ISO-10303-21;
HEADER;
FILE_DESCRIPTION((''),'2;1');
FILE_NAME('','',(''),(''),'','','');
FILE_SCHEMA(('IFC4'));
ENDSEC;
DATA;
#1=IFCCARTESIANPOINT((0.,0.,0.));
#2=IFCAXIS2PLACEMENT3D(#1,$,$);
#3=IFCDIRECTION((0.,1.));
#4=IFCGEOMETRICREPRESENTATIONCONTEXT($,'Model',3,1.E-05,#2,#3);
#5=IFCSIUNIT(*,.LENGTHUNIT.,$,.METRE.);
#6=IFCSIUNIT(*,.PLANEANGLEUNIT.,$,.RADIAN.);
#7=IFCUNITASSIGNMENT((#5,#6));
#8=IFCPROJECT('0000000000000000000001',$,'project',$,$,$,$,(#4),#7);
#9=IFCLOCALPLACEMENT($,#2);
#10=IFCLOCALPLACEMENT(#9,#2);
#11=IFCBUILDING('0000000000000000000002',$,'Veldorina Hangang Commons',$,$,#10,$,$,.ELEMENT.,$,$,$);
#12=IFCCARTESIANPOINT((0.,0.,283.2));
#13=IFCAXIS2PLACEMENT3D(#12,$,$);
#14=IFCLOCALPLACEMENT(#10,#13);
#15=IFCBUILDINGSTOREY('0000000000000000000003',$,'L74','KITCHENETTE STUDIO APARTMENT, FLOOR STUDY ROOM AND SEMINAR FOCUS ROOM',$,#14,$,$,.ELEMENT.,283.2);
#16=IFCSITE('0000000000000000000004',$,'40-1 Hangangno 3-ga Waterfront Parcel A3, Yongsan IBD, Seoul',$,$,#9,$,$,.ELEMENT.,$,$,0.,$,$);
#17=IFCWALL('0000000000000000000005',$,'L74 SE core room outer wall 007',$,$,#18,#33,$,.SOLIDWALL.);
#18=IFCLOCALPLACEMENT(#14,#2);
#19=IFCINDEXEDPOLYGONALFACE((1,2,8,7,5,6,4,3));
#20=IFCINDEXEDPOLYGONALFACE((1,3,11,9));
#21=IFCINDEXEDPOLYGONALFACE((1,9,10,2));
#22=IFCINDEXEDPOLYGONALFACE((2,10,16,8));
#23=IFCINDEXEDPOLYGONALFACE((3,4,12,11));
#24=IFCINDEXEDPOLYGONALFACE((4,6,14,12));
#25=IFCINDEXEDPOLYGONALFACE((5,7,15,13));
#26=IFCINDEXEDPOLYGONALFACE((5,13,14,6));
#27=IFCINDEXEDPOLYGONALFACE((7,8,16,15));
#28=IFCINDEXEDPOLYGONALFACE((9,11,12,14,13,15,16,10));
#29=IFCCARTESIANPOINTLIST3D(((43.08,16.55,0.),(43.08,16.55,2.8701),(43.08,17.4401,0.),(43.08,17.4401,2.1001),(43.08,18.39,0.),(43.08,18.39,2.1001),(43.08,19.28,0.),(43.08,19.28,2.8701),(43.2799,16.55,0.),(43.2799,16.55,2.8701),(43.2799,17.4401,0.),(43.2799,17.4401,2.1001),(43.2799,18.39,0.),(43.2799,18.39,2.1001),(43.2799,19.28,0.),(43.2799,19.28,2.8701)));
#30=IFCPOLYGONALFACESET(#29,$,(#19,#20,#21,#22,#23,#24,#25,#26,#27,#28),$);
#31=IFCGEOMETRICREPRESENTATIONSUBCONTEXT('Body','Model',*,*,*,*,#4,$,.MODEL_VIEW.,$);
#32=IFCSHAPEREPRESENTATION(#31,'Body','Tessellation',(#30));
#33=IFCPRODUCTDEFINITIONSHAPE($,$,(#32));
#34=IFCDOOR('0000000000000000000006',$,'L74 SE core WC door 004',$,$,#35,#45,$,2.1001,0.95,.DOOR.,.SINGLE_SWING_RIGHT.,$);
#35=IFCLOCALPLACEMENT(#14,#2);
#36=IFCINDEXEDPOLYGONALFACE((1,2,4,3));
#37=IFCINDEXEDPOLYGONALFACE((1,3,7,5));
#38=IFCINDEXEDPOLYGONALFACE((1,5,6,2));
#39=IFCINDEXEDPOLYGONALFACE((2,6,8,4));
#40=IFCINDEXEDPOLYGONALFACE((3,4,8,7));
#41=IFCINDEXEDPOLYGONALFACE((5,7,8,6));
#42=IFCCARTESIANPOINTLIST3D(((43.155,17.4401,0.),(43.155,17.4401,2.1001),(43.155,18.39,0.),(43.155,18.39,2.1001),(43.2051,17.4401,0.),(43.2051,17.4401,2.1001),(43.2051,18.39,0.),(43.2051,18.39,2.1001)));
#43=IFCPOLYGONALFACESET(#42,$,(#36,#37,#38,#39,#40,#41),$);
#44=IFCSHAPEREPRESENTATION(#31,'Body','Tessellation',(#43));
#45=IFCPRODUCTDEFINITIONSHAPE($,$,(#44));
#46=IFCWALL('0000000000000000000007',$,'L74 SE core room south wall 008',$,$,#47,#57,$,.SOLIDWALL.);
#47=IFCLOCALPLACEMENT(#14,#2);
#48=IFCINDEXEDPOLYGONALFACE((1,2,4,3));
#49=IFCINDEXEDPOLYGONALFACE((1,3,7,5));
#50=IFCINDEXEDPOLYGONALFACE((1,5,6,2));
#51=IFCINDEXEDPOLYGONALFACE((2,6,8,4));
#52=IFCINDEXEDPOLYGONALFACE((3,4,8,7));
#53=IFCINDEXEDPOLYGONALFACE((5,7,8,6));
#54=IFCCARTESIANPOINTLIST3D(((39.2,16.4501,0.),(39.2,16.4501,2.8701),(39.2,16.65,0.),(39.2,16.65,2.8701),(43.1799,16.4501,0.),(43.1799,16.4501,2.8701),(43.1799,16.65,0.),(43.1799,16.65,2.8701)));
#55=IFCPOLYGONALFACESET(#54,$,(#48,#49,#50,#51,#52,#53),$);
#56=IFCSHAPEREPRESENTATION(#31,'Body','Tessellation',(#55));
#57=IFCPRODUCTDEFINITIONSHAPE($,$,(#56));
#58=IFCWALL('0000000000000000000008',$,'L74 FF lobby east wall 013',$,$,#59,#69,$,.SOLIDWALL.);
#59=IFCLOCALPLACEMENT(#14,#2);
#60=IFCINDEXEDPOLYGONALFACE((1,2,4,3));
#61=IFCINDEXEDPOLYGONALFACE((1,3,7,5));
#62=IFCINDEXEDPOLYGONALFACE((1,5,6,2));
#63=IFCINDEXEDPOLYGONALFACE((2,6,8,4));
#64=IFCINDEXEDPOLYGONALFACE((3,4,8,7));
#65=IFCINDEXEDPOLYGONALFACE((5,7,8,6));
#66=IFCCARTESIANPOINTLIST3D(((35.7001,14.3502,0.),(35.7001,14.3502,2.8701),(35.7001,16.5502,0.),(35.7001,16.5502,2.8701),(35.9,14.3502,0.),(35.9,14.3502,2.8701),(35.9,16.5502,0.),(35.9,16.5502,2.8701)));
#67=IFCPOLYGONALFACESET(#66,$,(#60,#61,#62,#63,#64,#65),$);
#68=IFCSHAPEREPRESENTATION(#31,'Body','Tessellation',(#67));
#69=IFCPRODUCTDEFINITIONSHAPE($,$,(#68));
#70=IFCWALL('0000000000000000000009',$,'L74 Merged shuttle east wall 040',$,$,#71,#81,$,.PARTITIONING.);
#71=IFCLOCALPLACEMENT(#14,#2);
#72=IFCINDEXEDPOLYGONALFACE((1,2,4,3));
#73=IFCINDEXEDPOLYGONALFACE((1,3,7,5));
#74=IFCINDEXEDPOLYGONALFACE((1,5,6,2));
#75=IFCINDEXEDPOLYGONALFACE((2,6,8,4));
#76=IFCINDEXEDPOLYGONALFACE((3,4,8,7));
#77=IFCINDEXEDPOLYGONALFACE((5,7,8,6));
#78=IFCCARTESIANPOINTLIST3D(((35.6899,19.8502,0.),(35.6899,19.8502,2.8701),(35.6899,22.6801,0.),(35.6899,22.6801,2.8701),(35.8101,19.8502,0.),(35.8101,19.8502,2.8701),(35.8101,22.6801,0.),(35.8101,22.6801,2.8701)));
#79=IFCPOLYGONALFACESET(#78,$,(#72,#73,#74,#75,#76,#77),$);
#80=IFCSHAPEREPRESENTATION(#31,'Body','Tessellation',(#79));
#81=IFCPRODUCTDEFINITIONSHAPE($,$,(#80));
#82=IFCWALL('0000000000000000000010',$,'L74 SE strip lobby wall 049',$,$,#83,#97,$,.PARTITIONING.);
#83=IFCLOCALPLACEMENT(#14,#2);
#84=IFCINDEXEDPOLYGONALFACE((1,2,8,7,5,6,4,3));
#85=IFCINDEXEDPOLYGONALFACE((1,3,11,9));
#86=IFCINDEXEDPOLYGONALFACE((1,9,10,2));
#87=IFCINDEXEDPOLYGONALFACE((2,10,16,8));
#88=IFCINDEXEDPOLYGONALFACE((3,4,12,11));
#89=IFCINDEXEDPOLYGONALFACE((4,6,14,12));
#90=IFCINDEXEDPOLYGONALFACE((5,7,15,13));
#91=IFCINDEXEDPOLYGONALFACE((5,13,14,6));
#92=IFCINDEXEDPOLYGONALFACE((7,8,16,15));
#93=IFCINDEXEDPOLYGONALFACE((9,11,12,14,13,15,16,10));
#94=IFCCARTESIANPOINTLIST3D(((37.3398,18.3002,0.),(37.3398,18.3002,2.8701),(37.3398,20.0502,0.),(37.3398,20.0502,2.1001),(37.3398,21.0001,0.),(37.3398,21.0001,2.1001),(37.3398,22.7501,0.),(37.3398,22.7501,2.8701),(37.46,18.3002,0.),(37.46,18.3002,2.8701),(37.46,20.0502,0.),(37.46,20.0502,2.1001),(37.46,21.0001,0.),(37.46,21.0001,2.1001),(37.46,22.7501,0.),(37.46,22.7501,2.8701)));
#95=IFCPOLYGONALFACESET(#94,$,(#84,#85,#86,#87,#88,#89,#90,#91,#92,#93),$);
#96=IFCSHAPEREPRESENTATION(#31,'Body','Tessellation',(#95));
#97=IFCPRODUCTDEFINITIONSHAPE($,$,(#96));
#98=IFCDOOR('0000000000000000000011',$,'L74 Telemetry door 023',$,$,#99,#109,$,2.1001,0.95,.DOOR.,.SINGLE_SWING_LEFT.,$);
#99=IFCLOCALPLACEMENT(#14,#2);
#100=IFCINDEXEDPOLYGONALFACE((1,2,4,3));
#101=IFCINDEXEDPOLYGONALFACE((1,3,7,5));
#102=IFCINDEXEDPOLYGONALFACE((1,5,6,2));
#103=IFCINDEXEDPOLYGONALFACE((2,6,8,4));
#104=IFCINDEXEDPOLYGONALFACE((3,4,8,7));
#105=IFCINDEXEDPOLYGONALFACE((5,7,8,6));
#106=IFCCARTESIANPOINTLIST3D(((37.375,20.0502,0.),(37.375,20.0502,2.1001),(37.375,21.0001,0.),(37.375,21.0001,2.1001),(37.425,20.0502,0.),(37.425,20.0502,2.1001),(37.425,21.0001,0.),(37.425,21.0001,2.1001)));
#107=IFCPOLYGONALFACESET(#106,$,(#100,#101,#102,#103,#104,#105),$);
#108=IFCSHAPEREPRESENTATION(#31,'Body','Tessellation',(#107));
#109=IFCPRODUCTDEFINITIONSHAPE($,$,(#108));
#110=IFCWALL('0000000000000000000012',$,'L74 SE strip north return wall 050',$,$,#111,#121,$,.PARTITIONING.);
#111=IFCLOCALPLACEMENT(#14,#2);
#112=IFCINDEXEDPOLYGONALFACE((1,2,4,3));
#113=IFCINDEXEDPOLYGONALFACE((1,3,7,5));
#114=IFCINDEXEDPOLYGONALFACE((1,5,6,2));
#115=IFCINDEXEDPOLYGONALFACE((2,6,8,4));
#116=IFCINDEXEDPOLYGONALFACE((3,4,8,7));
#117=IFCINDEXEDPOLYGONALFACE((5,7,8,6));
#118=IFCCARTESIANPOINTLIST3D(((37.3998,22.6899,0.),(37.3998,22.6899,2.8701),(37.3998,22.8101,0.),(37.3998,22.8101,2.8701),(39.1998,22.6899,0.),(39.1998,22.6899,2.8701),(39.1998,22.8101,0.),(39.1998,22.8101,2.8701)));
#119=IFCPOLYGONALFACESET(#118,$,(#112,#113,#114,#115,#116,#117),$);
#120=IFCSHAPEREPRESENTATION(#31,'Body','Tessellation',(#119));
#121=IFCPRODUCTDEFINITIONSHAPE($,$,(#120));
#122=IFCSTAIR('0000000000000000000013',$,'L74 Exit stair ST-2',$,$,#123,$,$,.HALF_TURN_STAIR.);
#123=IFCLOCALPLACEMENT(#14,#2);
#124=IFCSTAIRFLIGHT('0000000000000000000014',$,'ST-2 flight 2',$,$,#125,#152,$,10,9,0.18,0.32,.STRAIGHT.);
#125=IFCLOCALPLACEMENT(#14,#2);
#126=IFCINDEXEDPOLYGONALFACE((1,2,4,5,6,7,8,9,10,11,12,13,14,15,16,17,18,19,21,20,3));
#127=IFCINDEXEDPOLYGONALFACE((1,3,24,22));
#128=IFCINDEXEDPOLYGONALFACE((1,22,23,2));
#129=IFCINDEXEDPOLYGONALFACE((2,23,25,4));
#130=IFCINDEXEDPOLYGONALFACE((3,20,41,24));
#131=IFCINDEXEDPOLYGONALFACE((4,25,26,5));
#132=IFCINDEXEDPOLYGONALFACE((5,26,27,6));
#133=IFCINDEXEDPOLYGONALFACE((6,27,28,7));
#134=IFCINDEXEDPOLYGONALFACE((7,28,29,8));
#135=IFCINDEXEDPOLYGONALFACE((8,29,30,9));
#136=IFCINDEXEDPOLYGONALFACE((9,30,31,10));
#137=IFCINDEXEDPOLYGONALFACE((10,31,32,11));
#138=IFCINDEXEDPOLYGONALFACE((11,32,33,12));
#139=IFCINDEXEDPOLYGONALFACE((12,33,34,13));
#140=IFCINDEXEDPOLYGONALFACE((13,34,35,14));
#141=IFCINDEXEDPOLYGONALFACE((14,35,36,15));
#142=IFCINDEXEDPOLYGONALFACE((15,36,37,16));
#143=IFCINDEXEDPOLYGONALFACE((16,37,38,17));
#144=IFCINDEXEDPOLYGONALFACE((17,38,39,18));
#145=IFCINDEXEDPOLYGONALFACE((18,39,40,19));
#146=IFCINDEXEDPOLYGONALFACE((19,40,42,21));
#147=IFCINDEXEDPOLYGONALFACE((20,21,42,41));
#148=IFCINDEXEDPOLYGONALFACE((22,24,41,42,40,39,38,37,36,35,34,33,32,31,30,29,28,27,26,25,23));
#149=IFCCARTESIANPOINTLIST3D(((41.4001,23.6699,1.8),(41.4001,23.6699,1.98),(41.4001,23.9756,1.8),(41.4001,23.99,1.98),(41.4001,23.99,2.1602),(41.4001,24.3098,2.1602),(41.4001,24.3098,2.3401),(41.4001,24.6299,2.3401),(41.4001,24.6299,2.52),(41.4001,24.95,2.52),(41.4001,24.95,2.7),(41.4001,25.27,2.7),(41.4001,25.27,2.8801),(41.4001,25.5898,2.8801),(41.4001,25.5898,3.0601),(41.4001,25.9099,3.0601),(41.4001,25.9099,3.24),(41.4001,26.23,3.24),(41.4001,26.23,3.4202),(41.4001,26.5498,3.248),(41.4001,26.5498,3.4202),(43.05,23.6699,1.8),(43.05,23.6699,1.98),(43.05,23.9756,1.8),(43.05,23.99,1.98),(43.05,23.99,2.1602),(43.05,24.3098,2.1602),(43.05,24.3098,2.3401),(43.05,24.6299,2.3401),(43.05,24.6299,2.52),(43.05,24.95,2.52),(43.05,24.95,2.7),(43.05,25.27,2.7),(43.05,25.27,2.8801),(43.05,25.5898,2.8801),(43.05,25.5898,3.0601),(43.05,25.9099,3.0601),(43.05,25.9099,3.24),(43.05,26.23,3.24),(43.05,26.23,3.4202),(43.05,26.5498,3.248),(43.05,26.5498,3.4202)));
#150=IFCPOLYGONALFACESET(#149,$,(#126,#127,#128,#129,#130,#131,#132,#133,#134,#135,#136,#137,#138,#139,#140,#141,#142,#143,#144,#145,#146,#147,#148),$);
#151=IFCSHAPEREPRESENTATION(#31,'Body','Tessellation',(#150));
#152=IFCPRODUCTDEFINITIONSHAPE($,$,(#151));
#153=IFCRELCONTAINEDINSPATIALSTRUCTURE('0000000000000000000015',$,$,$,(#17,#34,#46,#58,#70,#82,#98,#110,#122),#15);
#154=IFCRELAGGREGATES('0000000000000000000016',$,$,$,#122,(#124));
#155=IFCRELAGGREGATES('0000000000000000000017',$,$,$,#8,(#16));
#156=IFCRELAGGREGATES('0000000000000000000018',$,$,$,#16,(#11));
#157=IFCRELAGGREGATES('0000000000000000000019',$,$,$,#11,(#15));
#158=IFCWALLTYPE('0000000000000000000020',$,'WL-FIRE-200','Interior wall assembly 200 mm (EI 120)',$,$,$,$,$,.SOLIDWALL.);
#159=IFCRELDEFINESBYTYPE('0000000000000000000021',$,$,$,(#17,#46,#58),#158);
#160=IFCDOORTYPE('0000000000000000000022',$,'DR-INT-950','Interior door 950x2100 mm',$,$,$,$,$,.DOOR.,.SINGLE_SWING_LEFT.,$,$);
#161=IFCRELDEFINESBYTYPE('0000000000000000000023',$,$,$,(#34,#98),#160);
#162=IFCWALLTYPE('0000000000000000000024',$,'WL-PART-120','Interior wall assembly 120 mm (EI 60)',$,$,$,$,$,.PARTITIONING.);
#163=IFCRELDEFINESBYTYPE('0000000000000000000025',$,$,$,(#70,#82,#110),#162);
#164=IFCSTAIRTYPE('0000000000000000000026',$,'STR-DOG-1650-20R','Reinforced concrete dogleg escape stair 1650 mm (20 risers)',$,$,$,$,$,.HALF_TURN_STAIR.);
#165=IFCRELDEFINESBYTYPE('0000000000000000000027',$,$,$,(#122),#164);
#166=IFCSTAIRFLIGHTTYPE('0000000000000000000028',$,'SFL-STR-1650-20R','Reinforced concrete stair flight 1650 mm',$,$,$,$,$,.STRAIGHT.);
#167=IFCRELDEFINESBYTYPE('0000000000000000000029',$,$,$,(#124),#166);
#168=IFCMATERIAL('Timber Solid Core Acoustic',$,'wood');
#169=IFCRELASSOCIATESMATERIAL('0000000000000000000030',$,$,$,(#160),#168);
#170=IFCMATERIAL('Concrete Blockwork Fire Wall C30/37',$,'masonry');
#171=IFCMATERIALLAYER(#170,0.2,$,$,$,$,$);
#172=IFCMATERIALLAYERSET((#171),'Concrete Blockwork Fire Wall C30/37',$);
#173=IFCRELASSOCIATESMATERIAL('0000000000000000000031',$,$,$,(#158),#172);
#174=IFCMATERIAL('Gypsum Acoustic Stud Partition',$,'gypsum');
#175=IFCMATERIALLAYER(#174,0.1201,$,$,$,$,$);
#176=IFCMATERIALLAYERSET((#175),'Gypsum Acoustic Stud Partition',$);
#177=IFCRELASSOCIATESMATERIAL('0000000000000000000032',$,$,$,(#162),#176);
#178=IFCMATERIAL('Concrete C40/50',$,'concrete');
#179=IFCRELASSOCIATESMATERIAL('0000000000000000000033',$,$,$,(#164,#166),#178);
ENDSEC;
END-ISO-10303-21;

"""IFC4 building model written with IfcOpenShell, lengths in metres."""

from ifc_helpers import new_model, si_unit, direction, frame, frame_2d, origin, place, context, subcontext, project, spatial, polyline, rectangle, outline, extrude, material, layer, layer_set, type_object, element, fill, aggregate, save


model = new_model("IFC4")

# Units and contexts
model_context = context("Model", 3, precision=1e-05, world=origin(), true_north=direction((0.0, 1.0)))
body_context = subcontext(model_context, "Body", "Model", "MODEL_VIEW")
ifc_project = project(units=[si_unit("LENGTHUNIT", "METRE"), si_unit("PLANEANGLEUNIT", "RADIAN")], contexts=[model_context])

# Site, building, storey
site_placement = place(None, origin())
site = spatial("IfcSite", under=ifc_project, at=site_placement, Name="40-1 Hangangno 3-ga Waterfront Parcel A3, Yongsan IBD, Seoul", CompositionType="ELEMENT", RefElevation=0.0)
building_placement = place(site_placement, origin())
building = spatial("IfcBuilding", under=site, at=building_placement, Name="Veldorina Hangang Commons", CompositionType="ELEMENT")
storey_placement = place(building_placement, frame((0.0, 0.0, 283.2)))
storey = spatial("IfcBuildingStorey", under=building, at=storey_placement, Name="L74", Description="KITCHENETTE STUDIO APARTMENT, FLOOR STUDY ROOM AND SEMINAR FOCUS ROOM", CompositionType="ELEMENT", Elevation=283.2)

# Wall, opening, door
ifc_material_1 = material(Name="Timber Solid Core Acoustic", Category="wood")
door_type_1 = type_object("IfcDoorType", Name="DR-INT-950", Description="Interior door 950x2100 mm", OperationType="SINGLE_SWING_LEFT", PredefinedType="DOOR", material=ifc_material_1)
ifc_material_2 = material(Name="Concrete Blockwork Fire Wall C30/37", Category="masonry")
ifc_layer_1 = layer(ifc_material_2, 0.2)
ifc_layer_set_1 = layer_set([ifc_layer_1], Name="Concrete Blockwork Fire Wall C30/37")
wall_type_1 = type_object("IfcWallType", Name="WL-FIRE-200", Description="Interior wall assembly 200 mm (EI 120)", PredefinedType="SOLIDWALL", material=ifc_layer_set_1)
wall_1_placement = place(storey_placement, frame((43.1799, 16.55, 0.0), z_axis=(0.0, 0.0, 1.0), x_axis=(0.0, 1.0, 0.0)))
wall_1 = element("IfcWall", 1, at=wall_1_placement, inside=storey, type_object=wall_type_1, Name="L74 SE core room outer wall 007", PredefinedType="SOLIDWALL", context=body_context, shape_type="SweptSolid", body=[
    extrude(rectangle(XDim=2.73, YDim=0.2, at=frame_2d((1.365, 0.0))), origin(), (0.0, 0.0, 1.0), 2.8701),
])
opening_1_placement = place(wall_1_placement, frame((0.8899, 0.0, 0.0)))
opening_1 = element("IfcOpeningElement", 2, at=opening_1_placement, cuts=wall_1, PredefinedType="OPENING", context=body_context, shape_type="SweptSolid", body=[
    extrude(rectangle(XDim=0.95, YDim=2.1001, at=frame_2d((0.4751, 1.05))), frame((0.0, 0.1099, 0.0), z_axis=(0.0, -1.0, 0.0), x_axis=(1.0, 0.0, 0.0)), (0.0, 0.0, 1.0), 0.22),
])
door_1_placement = place(opening_1_placement, origin())
door_1 = element("IfcDoor", 3, at=door_1_placement, inside=storey, type_object=door_type_1, Name="L74 SE core WC door 004", OperationType="SINGLE_SWING_RIGHT", OverallHeight=2.1001, OverallWidth=0.95, PredefinedType="DOOR", context=body_context, shape_type="SweptSolid", body=[
    extrude(rectangle(XDim=0.95, YDim=2.1001, at=frame_2d((0.4751, 1.05))), frame((0.0, 0.0249, 0.0), z_axis=(0.0, -1.0, 0.0), x_axis=(1.0, 0.0, 0.0)), (0.0, 0.0, 1.0), 0.05),
])
fill(opening_1, door_1)

# Walls
wall_2_placement = place(storey_placement, frame((39.2, 16.55, 0.0), z_axis=(0.0, 0.0, 1.0), x_axis=(1.0, 0.0, 0.0)))
element("IfcWall", 4, at=wall_2_placement, inside=storey, type_object=wall_type_1, Name="L74 SE core room south wall 008", PredefinedType="SOLIDWALL", context=body_context, shape_type="SweptSolid", body=[
    extrude(rectangle(XDim=3.98, YDim=0.2, at=frame_2d((1.99, 0.0))), origin(), (0.0, 0.0, 1.0), 2.8701),
])
wall_3_placement = place(storey_placement, frame((35.8, 14.3501, 0.0), z_axis=(0.0, 0.0, 1.0), x_axis=(0.0, 1.0, 0.0)))
element("IfcWall", 5, at=wall_3_placement, inside=storey, type_object=wall_type_1, Name="L74 FF lobby east wall 013", PredefinedType="SOLIDWALL", context=body_context, shape_type="SweptSolid", body=[
    extrude(rectangle(XDim=2.2, YDim=0.2, at=frame_2d((1.1001, 0.0))), origin(), (0.0, 0.0, 1.0), 2.8701),
])
ifc_material_3 = material(Name="Gypsum Acoustic Stud Partition", Category="gypsum")
ifc_layer_2 = layer(ifc_material_3, 0.1201)
ifc_layer_set_2 = layer_set([ifc_layer_2], Name="Gypsum Acoustic Stud Partition")
wall_type_2 = type_object("IfcWallType", Name="WL-PART-120", Description="Interior wall assembly 120 mm (EI 60)", PredefinedType="PARTITIONING", material=ifc_layer_set_2)
wall_4_placement = place(storey_placement, frame((35.75, 19.8501, 0.0), z_axis=(0.0, 0.0, 1.0), x_axis=(0.0, 1.0, 0.0)))
element("IfcWall", 6, at=wall_4_placement, inside=storey, type_object=wall_type_2, Name="L74 Merged shuttle east wall 040", PredefinedType="PARTITIONING", context=body_context, shape_type="SweptSolid", body=[
    extrude(rectangle(XDim=2.8298, YDim=0.1201, at=frame_2d((1.415, 0.0))), origin(), (0.0, 0.0, 1.0), 2.8701),
])

# Wall, opening, door
wall_5_placement = place(storey_placement, frame((37.3999, 18.3, 0.0), z_axis=(0.0, 0.0, 1.0), x_axis=(0.0, 1.0, 0.0)))
wall_5 = element("IfcWall", 7, at=wall_5_placement, inside=storey, type_object=wall_type_2, Name="L74 SE strip lobby wall 049", PredefinedType="PARTITIONING", context=body_context, shape_type="SweptSolid", body=[
    extrude(rectangle(XDim=4.45, YDim=0.1201, at=frame_2d((2.2251, 0.0))), origin(), (0.0, 0.0, 1.0), 2.8701),
])
opening_2_placement = place(wall_5_placement, frame((1.75, 0.0, 0.0)))
opening_2 = element("IfcOpeningElement", 8, at=opening_2_placement, cuts=wall_5, PredefinedType="OPENING", context=body_context, shape_type="SweptSolid", body=[
    extrude(rectangle(XDim=0.95, YDim=2.1001, at=frame_2d((0.4751, 1.05))), frame((0.0, 0.0701, 0.0), z_axis=(0.0, -1.0, 0.0), x_axis=(1.0, 0.0, 0.0)), (0.0, 0.0, 1.0), 0.1401),
])
door_2_placement = place(opening_2_placement, origin())
door_2 = element("IfcDoor", 9, at=door_2_placement, inside=storey, type_object=door_type_1, Name="L74 Telemetry door 023", OperationType="SINGLE_SWING_LEFT", OverallHeight=2.1001, OverallWidth=0.95, PredefinedType="DOOR", context=body_context, shape_type="SweptSolid", body=[
    extrude(rectangle(XDim=0.95, YDim=2.1001, at=frame_2d((0.4751, 1.05))), frame((0.0, 0.0249, 0.0), z_axis=(0.0, -1.0, 0.0), x_axis=(1.0, 0.0, 0.0)), (0.0, 0.0, 1.0), 0.05),
])
fill(opening_2, door_2)

# Wall
wall_6_placement = place(storey_placement, frame((37.3999, 22.75, 0.0), z_axis=(0.0, 0.0, 1.0), x_axis=(1.0, 0.0, 0.0)))
element("IfcWall", 10, at=wall_6_placement, inside=storey, type_object=wall_type_2, Name="L74 SE strip north return wall 050", PredefinedType="PARTITIONING", context=body_context, shape_type="SweptSolid", body=[
    extrude(rectangle(XDim=1.8, YDim=0.1201, at=frame_2d((0.8999, 0.0))), origin(), (0.0, 0.0, 1.0), 2.8701),
])

# Stair, stair flight
ifc_material_4 = material(Name="Concrete C40/50", Category="concrete")
stair_type = type_object("IfcStairType", Name="STR-DOG-1650-20R", Description="Reinforced concrete dogleg escape stair 1650 mm (20 risers)", PredefinedType="HALF_TURN_STAIR", material=ifc_material_4)
stair_placement = place(storey_placement, origin())
stair = element("IfcStair", 11, at=stair_placement, inside=storey, type_object=stair_type, Name="L74 Exit stair ST-2", PredefinedType="HALF_TURN_STAIR")
stair_flight_type = type_object("IfcStairFlightType", Name="SFL-STR-1650-20R", Description="Reinforced concrete stair flight 1650 mm", PredefinedType="STRAIGHT", material=ifc_material_4)
stair_flight_placement = place(storey_placement, frame((42.2251, 23.6699, 1.8), z_axis=(0.0, 0.0, 1.0), x_axis=(0.0, 1.0, 0.0)))
stair_flight = element("IfcStairFlight", 12, at=stair_flight_placement, type_object=stair_flight_type, Name="ST-2 flight 2", NumberOfRisers=10, NumberOfTreads=9, PredefinedType="STRAIGHT", RiserHeight=0.18, TreadLength=0.32, context=body_context, shape_type="SweptSolid", body=[
    extrude(outline(polyline([(0.0, 0.0), (0.0, 0.1799), (0.3201, 0.1799), (0.3201, 0.3601), (0.6399, 0.3601), (0.6399, 0.54), (0.96, 0.54), (0.96, 0.72), (1.28, 0.72), (1.28, 0.8999), (1.6001, 0.8999), (1.6001, 1.0801), (1.9199, 1.0801), (1.9199, 1.26), (2.24, 1.26), (2.24, 1.4399), (2.5601, 1.4399), (2.5601, 1.6201), (2.8799, 1.6201), (2.8799, 1.8), (2.8799, 1.448), (0.3057, 0.0), (0.0, 0.0)])), frame((0.0, 0.825, 0.0), z_axis=(0.0, -1.0, 0.0), x_axis=(1.0, 0.0, 0.0)), (0.0, 0.0, 1.0), 1.6499),
])
aggregate(stair, [stair_flight])

save(model, "model.ifc")
